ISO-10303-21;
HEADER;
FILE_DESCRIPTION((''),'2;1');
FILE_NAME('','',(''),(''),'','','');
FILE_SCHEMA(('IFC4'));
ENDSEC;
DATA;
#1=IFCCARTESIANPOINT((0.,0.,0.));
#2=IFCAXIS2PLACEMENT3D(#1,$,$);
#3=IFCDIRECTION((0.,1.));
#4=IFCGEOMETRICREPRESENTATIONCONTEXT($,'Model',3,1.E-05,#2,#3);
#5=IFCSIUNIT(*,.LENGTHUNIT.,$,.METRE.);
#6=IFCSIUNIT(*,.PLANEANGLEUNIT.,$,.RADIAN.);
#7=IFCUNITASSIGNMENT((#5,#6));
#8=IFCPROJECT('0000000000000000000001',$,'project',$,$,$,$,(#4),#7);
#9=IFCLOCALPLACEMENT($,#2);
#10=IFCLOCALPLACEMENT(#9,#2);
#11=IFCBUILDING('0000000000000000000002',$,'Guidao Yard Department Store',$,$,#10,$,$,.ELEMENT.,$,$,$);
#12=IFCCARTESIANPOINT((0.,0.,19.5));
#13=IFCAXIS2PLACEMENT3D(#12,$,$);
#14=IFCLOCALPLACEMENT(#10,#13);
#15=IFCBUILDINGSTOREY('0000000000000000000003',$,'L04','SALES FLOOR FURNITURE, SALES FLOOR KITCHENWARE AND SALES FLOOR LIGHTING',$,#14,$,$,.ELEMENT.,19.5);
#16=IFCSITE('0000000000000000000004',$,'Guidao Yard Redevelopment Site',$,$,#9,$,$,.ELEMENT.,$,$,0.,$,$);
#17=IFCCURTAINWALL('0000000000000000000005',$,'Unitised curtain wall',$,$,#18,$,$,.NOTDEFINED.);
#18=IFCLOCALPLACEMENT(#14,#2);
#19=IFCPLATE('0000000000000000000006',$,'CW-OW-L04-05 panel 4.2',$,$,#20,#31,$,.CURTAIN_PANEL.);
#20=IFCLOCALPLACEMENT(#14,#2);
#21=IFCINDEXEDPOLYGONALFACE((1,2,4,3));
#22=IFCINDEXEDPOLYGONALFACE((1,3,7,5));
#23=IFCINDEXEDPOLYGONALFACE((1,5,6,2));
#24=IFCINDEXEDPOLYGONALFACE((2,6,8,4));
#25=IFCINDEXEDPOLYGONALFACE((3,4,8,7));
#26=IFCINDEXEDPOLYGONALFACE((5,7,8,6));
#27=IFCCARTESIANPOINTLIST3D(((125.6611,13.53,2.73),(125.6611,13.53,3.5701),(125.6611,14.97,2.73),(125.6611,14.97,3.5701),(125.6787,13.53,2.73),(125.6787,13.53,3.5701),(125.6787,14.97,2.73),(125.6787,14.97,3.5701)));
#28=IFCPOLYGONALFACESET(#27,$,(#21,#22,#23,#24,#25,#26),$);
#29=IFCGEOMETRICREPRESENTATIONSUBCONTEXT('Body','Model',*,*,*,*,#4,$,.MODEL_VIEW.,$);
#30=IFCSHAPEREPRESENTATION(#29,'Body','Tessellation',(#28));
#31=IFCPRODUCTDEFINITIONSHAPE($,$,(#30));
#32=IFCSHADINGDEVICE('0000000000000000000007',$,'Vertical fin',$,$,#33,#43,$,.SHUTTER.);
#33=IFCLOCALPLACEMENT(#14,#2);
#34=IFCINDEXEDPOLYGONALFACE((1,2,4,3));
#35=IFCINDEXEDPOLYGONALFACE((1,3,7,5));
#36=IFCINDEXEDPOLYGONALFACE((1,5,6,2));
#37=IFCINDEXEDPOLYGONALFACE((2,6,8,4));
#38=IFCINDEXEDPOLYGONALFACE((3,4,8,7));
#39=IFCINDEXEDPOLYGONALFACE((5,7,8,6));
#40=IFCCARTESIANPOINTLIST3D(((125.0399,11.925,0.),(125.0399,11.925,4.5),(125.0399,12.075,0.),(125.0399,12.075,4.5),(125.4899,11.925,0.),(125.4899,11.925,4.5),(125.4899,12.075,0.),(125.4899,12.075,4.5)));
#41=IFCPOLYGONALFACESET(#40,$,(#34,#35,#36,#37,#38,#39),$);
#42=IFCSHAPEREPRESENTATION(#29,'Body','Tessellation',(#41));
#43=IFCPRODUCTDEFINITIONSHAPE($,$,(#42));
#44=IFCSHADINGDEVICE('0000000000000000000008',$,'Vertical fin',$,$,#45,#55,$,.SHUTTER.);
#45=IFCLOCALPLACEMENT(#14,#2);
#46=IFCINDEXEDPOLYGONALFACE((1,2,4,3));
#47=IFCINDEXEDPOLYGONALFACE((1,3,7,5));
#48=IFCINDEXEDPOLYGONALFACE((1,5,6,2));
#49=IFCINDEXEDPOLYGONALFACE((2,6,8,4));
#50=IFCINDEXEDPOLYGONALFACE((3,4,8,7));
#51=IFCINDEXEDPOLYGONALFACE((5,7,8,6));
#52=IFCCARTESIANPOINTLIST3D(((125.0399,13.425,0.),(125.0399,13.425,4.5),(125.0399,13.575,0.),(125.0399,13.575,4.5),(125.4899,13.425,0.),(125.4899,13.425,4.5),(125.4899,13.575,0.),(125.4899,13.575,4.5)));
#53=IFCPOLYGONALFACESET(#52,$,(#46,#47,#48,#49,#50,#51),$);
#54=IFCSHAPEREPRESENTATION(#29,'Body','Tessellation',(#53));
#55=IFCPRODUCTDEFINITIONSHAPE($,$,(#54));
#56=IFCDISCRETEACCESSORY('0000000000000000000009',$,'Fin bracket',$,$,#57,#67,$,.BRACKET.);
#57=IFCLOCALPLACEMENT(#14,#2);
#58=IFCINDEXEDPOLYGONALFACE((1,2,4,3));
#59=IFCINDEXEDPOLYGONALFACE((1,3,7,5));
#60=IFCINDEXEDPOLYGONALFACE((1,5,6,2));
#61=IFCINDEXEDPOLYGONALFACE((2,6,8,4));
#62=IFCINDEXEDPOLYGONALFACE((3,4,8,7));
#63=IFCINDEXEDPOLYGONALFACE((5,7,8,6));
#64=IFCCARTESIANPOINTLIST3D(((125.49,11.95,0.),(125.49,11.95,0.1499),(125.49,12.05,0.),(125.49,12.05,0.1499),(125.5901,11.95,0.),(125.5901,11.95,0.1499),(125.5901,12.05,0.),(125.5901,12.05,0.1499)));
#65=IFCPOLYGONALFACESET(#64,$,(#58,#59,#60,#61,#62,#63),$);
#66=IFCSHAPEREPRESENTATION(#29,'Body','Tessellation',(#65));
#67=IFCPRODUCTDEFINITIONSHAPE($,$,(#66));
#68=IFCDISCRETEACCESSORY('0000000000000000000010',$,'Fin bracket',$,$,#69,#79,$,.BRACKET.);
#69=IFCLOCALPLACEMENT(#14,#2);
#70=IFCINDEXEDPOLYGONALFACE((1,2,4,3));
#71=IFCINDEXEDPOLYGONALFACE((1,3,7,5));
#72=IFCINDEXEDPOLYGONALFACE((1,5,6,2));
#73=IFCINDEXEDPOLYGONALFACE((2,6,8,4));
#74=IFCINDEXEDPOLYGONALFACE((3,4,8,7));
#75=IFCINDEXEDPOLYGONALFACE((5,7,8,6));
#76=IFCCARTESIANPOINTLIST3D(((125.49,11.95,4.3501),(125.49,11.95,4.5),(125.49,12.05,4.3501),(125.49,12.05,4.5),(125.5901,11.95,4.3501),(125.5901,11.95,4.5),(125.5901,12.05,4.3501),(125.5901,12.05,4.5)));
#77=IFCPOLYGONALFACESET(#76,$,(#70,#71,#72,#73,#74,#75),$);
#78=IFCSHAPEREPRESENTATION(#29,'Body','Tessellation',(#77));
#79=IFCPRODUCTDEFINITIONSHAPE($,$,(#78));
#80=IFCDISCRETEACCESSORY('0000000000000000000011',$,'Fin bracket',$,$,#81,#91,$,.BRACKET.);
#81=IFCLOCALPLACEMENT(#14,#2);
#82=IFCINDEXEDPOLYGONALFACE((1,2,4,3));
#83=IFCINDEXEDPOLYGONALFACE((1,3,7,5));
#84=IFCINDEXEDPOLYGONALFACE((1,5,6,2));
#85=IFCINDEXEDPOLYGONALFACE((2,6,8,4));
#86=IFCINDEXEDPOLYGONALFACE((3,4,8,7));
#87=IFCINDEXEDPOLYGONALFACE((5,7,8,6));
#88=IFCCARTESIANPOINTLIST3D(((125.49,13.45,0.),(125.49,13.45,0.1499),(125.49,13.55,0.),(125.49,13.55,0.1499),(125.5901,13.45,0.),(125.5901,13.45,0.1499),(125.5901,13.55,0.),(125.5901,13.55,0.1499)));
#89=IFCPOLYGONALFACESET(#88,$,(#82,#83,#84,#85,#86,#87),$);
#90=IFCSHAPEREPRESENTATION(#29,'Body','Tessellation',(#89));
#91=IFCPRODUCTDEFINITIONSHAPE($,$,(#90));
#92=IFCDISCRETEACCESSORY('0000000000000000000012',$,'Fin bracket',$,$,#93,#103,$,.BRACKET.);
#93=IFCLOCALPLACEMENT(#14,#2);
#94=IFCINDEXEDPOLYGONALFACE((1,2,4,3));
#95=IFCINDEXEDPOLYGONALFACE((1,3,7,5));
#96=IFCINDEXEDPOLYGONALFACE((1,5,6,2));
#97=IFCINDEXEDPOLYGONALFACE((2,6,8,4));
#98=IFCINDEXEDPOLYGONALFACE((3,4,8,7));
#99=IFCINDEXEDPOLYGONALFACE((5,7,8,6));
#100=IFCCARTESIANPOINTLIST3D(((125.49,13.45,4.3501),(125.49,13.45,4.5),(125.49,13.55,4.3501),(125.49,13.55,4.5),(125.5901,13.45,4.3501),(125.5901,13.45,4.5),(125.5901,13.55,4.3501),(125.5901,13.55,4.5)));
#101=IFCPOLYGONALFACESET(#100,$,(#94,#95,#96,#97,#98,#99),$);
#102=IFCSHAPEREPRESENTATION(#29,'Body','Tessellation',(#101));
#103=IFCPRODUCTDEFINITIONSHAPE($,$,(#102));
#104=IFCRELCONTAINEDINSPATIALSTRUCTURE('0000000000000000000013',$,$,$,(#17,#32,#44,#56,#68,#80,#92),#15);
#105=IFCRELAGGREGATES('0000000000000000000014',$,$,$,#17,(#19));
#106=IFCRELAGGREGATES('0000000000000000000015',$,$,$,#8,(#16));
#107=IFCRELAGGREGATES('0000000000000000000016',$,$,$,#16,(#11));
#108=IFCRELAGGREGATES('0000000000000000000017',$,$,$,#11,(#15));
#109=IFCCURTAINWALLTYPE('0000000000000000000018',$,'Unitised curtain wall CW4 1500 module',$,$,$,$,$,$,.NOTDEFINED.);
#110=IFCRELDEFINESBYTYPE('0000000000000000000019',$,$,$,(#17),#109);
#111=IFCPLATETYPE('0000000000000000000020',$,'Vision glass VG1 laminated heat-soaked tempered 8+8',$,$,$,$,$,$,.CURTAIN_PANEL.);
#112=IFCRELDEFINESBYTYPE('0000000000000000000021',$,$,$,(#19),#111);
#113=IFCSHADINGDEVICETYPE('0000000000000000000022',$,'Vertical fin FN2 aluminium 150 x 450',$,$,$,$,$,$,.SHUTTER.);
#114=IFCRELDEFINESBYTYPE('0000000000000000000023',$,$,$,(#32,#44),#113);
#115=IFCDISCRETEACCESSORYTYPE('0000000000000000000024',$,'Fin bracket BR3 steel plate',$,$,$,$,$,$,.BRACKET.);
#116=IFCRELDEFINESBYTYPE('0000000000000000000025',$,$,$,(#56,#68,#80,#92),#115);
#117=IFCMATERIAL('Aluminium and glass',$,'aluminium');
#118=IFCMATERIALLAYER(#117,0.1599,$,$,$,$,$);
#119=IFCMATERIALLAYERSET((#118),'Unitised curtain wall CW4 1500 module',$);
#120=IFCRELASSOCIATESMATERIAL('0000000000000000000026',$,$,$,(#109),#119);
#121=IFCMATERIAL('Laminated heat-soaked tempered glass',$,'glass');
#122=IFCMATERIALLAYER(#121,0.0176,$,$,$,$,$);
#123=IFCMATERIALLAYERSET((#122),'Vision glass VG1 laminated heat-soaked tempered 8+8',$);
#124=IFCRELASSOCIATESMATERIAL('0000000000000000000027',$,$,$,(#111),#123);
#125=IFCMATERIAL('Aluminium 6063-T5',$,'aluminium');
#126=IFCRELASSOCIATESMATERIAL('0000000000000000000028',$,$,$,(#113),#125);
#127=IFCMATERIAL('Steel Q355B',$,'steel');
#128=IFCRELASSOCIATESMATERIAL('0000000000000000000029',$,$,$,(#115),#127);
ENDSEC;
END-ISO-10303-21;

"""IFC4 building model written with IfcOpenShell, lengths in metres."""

from ifc_helpers import new_model, si_unit, direction, frame, origin, origin_2d, place, context, subcontext, project, spatial, rectangle, extrude, material, layer, layer_set, type_object, element, aggregate, save


model = new_model("IFC4")

# Units and contexts
model_context = context("Model", 3, precision=1e-05, world=origin(), true_north=direction((0.0, 1.0)))
body_context = subcontext(model_context, "Body", "Model", "MODEL_VIEW")
ifc_project = project(units=[si_unit("LENGTHUNIT", "METRE"), si_unit("PLANEANGLEUNIT", "RADIAN")], contexts=[model_context])

# Site, building, storey
site_placement = place(None, origin())
site = spatial("IfcSite", under=ifc_project, at=site_placement, Name="Guidao Yard Redevelopment Site", CompositionType="ELEMENT", RefElevation=0.0)
building_placement = place(site_placement, origin())
building = spatial("IfcBuilding", under=site, at=building_placement, Name="Guidao Yard Department Store", CompositionType="ELEMENT")
storey_placement = place(building_placement, frame((0.0, 0.0, 19.5)))
storey = spatial("IfcBuildingStorey", under=building, at=storey_placement, Name="L04", Description="SALES FLOOR FURNITURE, SALES FLOOR KITCHENWARE AND SALES FLOOR LIGHTING", CompositionType="ELEMENT", Elevation=19.5)

# Curtain wall, plate
ifc_material_1 = material(Name="Aluminium and glass", Category="aluminium")
ifc_layer_1 = layer(ifc_material_1, 0.1599)
ifc_layer_set_1 = layer_set([ifc_layer_1], Name="Unitised curtain wall CW4 1500 module")
curtain_wall_type = type_object("IfcCurtainWallType", Name="Unitised curtain wall CW4 1500 module", PredefinedType="NOTDEFINED", material=ifc_layer_set_1)
curtain_wall_placement = place(storey_placement, origin())
curtain_wall = element("IfcCurtainWall", 1, at=curtain_wall_placement, inside=storey, type_object=curtain_wall_type, Name="Unitised curtain wall", PredefinedType="NOTDEFINED")
ifc_material_2 = material(Name="Laminated heat-soaked tempered glass", Category="glass")
ifc_layer_2 = layer(ifc_material_2, 0.0176)
ifc_layer_set_2 = layer_set([ifc_layer_2], Name="Vision glass VG1 laminated heat-soaked tempered 8+8")
plate_type_1 = type_object("IfcPlateType", Name="Vision glass VG1 laminated heat-soaked tempered 8+8", PredefinedType="CURTAIN_PANEL", material=ifc_layer_set_2)
plate_1_placement = place(storey_placement, frame((125.6699, 14.25, 2.73), z_axis=(0.0, 0.0, 1.0), x_axis=(0.0, 1.0, 0.0)))
plate_1 = element("IfcPlate", 2, at=plate_1_placement, type_object=plate_type_1, Name="CW-OW-L04-05 panel 4.2", PredefinedType="CURTAIN_PANEL", context=body_context, shape_type="SweptSolid", body=[
    extrude(rectangle(XDim=1.4399, YDim=0.0176, at=origin_2d()), origin(), (0.0, 0.0, 1.0), 0.8401),
])
aggregate(curtain_wall, [plate_1])

# Shading devices
ifc_material_3 = material(Name="Aluminium 6063-T5", Category="aluminium")
shading_device_type = type_object("IfcShadingDeviceType", Name="Vertical fin FN2 aluminium 150 x 450", PredefinedType="SHUTTER", material=ifc_material_3)
for number, where, z_axis, x_axis, name in (
    (3, (125.2649, 12.0, 0.0), (0.0, 0.0, 1.0), (0.0, 1.0, 0.0), "Vertical fin"),
    (4, (125.2649, 13.5, 0.0), (0.0, 0.0, 1.0), (0.0, 1.0, 0.0), "Vertical fin"),
):
    element("IfcShadingDevice", number, at=place(storey_placement, frame(where, z_axis=z_axis, x_axis=x_axis)), inside=storey, type_object=shading_device_type, Name=name, PredefinedType="SHUTTER", context=body_context, shape_type="SweptSolid", body=[
        extrude(rectangle(XDim=0.1499, YDim=0.45, at=origin_2d()), origin(), (0.0, 0.0, 1.0), 4.5),
    ])

# Discrete accessories
ifc_material_4 = material(Name="Steel Q355B", Category="steel")
discrete_accessory_type = type_object("IfcDiscreteAccessoryType", Name="Fin bracket BR3 steel plate", PredefinedType="BRACKET", material=ifc_material_4)
for number, where, z_axis, x_axis, name in (
    (5, (125.54, 12.0, 0.0), (0.0, 0.0, 1.0), (0.0, 1.0, 0.0), "Fin bracket"),
    (6, (125.54, 12.0, 4.3501), (0.0, 0.0, 1.0), (0.0, 1.0, 0.0), "Fin bracket"),
    (7, (125.54, 13.5, 0.0), (0.0, 0.0, 1.0), (0.0, 1.0, 0.0), "Fin bracket"),
    (8, (125.54, 13.5, 4.3501), (0.0, 0.0, 1.0), (0.0, 1.0, 0.0), "Fin bracket"),
):
    element("IfcDiscreteAccessory", number, at=place(storey_placement, frame(where, z_axis=z_axis, x_axis=x_axis)), inside=storey, type_object=discrete_accessory_type, Name=name, PredefinedType="BRACKET", context=body_context, shape_type="SweptSolid", body=[
        extrude(rectangle(XDim=0.1001, YDim=0.1001, at=origin_2d()), origin(), (0.0, 0.0, 1.0), 0.1499),
    ])

save(model, "model.ifc")
